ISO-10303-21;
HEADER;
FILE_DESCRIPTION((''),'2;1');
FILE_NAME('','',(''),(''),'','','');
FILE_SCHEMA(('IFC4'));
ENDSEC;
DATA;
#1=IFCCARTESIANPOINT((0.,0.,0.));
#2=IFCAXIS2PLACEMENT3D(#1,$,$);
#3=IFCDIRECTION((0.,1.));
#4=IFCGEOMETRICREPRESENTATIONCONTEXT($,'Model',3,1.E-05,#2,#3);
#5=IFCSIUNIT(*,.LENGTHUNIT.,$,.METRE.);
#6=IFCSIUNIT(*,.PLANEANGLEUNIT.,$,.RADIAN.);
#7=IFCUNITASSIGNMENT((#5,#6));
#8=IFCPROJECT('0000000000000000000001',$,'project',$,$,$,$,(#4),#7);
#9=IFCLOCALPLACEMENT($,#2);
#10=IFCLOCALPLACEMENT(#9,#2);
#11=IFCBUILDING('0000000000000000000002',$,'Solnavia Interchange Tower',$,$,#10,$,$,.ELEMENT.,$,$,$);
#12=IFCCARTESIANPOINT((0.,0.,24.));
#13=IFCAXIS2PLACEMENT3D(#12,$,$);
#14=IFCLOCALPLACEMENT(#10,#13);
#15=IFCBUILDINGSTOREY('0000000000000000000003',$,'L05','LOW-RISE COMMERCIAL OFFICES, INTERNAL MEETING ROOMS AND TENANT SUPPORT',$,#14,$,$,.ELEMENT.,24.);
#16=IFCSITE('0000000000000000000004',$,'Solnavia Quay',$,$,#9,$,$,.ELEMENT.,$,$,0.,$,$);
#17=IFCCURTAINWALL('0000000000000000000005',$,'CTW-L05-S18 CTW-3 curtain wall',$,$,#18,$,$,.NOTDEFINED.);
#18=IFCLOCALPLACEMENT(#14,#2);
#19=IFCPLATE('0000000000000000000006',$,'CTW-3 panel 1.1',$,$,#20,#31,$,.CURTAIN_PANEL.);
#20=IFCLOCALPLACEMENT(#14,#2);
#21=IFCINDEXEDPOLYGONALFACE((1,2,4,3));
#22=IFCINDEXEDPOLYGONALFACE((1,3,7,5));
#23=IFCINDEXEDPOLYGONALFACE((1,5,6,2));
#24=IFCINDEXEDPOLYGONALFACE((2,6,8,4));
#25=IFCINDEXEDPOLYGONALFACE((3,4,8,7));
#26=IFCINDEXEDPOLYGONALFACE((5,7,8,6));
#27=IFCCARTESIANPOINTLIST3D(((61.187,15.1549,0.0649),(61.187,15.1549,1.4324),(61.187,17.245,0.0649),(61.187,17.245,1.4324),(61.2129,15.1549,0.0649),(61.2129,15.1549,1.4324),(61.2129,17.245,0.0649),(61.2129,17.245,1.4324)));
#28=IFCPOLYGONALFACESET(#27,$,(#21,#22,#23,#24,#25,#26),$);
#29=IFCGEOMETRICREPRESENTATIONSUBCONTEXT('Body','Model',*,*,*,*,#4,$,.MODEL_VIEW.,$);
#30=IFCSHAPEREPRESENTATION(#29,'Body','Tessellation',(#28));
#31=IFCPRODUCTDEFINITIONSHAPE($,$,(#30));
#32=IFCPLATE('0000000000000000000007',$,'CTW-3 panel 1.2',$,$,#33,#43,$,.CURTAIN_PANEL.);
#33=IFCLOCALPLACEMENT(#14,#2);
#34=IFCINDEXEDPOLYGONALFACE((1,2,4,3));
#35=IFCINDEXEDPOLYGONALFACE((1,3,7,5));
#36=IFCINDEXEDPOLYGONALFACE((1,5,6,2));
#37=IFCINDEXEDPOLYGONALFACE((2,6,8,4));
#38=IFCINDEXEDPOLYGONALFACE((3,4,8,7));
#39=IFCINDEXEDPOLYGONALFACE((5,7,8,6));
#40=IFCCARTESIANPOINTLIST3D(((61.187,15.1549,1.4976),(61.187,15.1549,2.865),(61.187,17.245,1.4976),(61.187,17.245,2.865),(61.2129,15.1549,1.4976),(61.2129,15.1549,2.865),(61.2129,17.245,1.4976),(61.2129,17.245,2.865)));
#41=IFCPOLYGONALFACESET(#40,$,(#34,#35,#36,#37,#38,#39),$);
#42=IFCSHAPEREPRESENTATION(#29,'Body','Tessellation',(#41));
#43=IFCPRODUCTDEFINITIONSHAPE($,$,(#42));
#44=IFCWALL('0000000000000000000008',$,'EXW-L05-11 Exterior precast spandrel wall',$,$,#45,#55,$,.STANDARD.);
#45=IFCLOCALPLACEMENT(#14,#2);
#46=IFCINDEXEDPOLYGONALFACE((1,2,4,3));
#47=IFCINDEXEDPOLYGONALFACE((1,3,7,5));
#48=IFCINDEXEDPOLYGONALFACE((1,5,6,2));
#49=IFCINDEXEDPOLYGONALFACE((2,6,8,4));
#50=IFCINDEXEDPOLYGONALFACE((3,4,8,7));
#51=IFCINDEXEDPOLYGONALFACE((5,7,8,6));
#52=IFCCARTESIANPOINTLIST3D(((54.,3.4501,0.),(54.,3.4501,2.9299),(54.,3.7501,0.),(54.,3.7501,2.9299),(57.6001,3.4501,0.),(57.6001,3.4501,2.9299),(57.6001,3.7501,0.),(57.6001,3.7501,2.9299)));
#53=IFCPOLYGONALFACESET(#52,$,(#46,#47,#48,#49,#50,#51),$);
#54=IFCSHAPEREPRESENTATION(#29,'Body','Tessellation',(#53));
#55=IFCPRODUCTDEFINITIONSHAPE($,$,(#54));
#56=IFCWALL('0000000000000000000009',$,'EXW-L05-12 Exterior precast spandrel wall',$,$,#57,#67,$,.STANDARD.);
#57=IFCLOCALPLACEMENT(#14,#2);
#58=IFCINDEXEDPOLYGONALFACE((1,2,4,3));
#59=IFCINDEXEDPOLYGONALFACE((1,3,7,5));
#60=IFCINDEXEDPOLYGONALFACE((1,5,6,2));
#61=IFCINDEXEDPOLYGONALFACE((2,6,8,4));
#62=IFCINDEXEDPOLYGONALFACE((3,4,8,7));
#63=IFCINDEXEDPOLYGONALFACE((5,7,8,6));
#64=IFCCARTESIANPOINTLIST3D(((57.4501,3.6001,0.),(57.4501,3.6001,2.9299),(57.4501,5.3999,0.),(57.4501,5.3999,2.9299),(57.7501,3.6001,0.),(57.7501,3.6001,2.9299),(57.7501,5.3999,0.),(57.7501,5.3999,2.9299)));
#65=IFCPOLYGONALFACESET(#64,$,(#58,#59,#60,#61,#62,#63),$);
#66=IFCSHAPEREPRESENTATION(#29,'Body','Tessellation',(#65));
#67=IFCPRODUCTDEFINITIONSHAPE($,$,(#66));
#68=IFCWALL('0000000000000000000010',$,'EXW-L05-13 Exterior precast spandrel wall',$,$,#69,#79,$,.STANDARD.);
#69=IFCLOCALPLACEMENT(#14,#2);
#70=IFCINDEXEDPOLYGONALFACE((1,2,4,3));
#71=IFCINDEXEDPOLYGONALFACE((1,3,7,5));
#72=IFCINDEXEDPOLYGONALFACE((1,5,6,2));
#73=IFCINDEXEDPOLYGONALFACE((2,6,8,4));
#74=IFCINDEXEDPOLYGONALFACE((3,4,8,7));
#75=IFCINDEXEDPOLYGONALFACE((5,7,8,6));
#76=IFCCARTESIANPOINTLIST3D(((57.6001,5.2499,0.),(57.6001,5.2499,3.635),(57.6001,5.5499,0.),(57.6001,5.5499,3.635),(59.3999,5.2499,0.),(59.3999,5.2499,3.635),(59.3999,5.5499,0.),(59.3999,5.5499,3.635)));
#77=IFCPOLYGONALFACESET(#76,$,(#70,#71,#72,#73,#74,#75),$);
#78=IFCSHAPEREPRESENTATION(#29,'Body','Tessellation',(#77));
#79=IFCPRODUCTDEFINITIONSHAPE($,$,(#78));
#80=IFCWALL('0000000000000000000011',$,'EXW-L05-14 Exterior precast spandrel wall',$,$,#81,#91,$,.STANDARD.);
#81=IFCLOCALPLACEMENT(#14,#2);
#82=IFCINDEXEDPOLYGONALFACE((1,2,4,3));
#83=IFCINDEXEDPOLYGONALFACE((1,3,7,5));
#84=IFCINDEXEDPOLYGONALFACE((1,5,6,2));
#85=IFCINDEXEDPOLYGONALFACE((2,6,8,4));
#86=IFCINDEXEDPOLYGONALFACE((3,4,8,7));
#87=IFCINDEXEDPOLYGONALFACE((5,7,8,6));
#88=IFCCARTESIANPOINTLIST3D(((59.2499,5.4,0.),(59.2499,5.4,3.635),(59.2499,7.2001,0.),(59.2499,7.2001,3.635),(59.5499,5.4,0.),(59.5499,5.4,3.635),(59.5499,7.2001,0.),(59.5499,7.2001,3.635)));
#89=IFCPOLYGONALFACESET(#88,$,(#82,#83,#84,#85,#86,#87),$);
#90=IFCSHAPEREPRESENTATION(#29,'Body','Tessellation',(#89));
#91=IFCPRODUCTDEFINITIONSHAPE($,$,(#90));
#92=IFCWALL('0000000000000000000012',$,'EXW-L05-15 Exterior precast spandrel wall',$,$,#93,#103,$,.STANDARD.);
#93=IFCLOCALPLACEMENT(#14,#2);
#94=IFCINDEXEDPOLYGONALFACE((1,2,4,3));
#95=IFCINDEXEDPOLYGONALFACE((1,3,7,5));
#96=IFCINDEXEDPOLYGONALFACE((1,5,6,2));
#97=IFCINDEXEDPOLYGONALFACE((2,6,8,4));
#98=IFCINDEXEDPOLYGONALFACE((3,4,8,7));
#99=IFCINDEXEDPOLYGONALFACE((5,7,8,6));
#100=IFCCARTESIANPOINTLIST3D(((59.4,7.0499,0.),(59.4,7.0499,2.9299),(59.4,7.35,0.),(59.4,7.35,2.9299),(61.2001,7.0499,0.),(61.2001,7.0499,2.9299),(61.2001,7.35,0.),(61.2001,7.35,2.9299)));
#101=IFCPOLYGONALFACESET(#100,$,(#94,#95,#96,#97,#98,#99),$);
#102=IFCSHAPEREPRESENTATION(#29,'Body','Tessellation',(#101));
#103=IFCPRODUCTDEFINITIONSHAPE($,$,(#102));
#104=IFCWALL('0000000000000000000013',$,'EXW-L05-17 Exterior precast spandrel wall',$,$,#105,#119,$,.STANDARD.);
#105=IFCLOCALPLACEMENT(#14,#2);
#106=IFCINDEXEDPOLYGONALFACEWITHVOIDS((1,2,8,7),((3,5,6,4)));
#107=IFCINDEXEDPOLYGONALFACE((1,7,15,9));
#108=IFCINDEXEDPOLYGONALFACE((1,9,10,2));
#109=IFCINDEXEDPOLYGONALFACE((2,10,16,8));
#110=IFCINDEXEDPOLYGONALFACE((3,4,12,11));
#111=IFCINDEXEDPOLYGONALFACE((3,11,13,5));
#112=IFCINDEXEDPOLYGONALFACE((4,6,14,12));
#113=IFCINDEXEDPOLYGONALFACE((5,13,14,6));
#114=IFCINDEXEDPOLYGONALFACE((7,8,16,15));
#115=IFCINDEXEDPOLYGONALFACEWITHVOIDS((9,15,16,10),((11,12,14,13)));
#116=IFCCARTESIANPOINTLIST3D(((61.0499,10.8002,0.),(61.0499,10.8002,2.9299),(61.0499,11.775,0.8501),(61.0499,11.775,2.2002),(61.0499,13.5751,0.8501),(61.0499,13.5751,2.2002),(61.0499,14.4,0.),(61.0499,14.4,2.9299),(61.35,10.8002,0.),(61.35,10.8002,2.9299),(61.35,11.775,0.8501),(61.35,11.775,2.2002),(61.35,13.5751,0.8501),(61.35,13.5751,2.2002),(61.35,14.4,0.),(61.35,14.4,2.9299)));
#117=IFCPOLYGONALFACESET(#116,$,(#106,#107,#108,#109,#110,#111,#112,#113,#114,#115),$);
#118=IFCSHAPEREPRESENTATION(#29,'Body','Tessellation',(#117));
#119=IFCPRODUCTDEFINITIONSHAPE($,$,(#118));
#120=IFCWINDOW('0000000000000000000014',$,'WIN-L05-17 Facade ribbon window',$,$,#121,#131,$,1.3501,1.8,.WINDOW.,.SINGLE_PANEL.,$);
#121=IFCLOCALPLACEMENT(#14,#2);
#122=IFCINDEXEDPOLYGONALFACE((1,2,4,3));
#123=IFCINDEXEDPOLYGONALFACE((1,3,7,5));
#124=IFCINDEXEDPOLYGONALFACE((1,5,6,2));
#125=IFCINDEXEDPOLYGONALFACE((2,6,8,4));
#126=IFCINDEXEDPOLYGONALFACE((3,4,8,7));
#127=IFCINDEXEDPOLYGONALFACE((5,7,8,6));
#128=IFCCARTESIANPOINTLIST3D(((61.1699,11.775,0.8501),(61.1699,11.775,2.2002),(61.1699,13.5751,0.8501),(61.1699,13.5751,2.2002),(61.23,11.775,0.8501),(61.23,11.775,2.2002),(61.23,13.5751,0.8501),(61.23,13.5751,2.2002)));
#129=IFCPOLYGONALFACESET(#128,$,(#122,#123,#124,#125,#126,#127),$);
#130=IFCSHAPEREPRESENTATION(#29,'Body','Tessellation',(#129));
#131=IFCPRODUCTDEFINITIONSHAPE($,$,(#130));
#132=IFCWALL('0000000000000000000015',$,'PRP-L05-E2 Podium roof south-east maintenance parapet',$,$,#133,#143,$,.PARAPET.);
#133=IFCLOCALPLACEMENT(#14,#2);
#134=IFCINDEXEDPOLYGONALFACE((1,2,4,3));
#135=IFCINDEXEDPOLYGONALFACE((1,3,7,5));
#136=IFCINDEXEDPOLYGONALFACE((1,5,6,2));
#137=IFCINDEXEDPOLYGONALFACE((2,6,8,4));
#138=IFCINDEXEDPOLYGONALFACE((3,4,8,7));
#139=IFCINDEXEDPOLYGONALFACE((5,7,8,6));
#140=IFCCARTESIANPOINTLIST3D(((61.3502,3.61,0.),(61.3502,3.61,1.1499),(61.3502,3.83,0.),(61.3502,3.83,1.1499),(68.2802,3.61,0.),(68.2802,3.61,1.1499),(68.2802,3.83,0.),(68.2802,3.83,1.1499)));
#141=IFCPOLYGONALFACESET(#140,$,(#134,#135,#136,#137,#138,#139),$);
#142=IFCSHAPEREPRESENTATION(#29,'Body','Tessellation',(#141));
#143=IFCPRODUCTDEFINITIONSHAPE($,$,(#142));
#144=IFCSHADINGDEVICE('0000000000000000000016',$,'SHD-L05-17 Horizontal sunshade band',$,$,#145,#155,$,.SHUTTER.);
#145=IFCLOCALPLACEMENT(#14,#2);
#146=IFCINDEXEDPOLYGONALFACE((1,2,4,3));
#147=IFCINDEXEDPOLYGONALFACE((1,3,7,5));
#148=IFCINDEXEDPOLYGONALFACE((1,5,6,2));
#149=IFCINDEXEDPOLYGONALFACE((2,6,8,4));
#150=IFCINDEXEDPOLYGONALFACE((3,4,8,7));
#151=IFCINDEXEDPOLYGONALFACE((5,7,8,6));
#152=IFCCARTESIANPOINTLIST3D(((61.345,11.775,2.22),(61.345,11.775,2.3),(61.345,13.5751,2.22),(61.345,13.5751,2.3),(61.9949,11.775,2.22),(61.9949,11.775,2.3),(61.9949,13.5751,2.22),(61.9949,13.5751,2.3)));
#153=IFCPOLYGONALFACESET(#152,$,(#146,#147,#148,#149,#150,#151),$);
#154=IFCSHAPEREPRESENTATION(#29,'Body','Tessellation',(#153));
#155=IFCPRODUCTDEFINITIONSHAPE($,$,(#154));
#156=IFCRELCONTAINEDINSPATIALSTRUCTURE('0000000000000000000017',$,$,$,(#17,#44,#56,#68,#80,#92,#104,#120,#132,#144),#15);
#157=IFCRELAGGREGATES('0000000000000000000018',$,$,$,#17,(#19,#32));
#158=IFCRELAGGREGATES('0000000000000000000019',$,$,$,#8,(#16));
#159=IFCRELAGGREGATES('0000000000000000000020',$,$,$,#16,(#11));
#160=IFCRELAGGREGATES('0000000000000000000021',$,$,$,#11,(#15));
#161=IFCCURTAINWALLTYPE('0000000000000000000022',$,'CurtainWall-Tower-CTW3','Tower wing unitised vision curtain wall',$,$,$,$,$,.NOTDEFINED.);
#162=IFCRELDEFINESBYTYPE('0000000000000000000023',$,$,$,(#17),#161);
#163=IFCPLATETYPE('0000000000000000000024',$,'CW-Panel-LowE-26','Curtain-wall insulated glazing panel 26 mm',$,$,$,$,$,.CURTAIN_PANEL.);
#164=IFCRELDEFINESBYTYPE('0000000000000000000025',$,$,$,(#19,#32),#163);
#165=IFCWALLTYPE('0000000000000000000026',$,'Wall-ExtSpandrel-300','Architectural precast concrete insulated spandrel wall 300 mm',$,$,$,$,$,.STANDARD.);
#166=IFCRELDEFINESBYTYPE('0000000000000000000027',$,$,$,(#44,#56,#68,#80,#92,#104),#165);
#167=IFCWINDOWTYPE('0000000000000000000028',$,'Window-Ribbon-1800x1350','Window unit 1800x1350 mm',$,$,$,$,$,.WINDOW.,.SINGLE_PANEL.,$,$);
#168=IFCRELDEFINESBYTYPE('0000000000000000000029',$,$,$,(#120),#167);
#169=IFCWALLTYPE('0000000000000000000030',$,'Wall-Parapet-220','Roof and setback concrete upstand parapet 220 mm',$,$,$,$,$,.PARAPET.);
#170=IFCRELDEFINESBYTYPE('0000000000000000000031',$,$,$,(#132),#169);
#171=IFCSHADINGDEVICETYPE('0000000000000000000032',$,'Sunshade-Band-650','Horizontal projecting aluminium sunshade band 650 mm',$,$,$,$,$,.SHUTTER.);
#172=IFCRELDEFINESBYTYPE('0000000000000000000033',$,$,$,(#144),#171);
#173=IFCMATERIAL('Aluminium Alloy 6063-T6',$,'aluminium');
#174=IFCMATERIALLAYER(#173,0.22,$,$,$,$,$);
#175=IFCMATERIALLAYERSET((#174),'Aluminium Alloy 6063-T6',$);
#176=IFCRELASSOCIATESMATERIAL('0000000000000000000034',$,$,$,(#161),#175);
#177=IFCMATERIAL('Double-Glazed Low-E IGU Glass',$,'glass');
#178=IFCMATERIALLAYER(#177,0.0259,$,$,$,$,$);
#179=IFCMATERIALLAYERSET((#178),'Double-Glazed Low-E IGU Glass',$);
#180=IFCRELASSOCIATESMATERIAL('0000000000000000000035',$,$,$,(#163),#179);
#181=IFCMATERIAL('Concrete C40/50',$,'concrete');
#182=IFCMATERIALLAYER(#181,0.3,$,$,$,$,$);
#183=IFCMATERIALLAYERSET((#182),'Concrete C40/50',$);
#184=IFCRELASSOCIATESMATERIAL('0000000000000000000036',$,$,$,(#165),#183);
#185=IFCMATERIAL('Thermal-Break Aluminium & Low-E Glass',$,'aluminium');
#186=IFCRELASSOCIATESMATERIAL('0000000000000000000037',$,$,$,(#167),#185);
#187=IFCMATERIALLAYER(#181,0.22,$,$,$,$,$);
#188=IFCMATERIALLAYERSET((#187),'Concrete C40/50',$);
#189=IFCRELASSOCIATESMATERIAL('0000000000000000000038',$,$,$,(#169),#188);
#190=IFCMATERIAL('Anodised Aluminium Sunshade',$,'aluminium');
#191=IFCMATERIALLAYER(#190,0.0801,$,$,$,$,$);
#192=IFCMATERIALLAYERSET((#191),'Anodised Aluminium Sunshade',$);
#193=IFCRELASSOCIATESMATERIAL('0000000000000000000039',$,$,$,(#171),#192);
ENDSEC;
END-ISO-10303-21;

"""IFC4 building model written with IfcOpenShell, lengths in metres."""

from ifc_helpers import new_model, si_unit, direction, frame, frame_2d, origin, origin_2d, place, context, subcontext, project, spatial, rectangle, extrude, material, layer, layer_set, type_object, element, fill, aggregate, save


model = new_model("IFC4")

# Units and contexts
model_context = context("Model", 3, precision=1e-05, world=origin(), true_north=direction((0.0, 1.0)))
body_context = subcontext(model_context, "Body", "Model", "MODEL_VIEW")
ifc_project = project(units=[si_unit("LENGTHUNIT", "METRE"), si_unit("PLANEANGLEUNIT", "RADIAN")], contexts=[model_context])

# Site, building, storey
site_placement = place(None, origin())
site = spatial("IfcSite", under=ifc_project, at=site_placement, Name="Solnavia Quay", CompositionType="ELEMENT", RefElevation=0.0)
building_placement = place(site_placement, origin())
building = spatial("IfcBuilding", under=site, at=building_placement, Name="Solnavia Interchange Tower", CompositionType="ELEMENT")
storey_placement = place(building_placement, frame((0.0, 0.0, 24.0)))
storey = spatial("IfcBuildingStorey", under=building, at=storey_placement, Name="L05", Description="LOW-RISE COMMERCIAL OFFICES, INTERNAL MEETING ROOMS AND TENANT SUPPORT", CompositionType="ELEMENT", Elevation=24.0)

# Curtain wall
ifc_material_1 = material(Name="Aluminium Alloy 6063-T6", Category="aluminium")
ifc_layer_1 = layer(ifc_material_1, 0.22)
ifc_layer_set_1 = layer_set([ifc_layer_1], Name="Aluminium Alloy 6063-T6")
curtain_wall_type = type_object("IfcCurtainWallType", Name="CurtainWall-Tower-CTW3", Description="Tower wing unitised vision curtain wall", PredefinedType="NOTDEFINED", material=ifc_layer_set_1)
curtain_wall_1_placement = place(storey_placement, origin())
curtain_wall_1 = element("IfcCurtainWall", 1, at=curtain_wall_1_placement, inside=storey, type_object=curtain_wall_type, Name="CTW-L05-S18 CTW-3 curtain wall", PredefinedType="NOTDEFINED")

# Plates
ifc_material_2 = material(Name="Double-Glazed Low-E IGU Glass", Category="glass")
ifc_layer_2 = layer(ifc_material_2, 0.0259)
ifc_layer_set_2 = layer_set([ifc_layer_2], Name="Double-Glazed Low-E IGU Glass")
plate_type = type_object("IfcPlateType", Name="CW-Panel-LowE-26", Description="Curtain-wall insulated glazing panel 26 mm", PredefinedType="CURTAIN_PANEL", material=ifc_layer_set_2)
plate_1_placement = place(storey_placement, frame((61.2, 16.2, 0.0649), z_axis=(0.0, 0.0, 1.0), x_axis=(0.0, 1.0, 0.0)))
plate_1 = element("IfcPlate", 2, at=plate_1_placement, type_object=plate_type, Name="CTW-3 panel 1.1", PredefinedType="CURTAIN_PANEL", context=body_context, shape_type="SweptSolid", body=[
    extrude(rectangle(XDim=2.0901, YDim=0.0259, at=origin_2d()), origin(), (0.0, 0.0, 1.0), 1.3674),
])
plate_2_placement = place(storey_placement, frame((61.2, 16.2, 1.4976), z_axis=(0.0, 0.0, 1.0), x_axis=(0.0, 1.0, 0.0)))
plate_2 = element("IfcPlate", 3, at=plate_2_placement, type_object=plate_type, Name="CTW-3 panel 1.2", PredefinedType="CURTAIN_PANEL", context=body_context, shape_type="SweptSolid", body=[
    extrude(rectangle(XDim=2.0901, YDim=0.0259, at=origin_2d()), origin(), (0.0, 0.0, 1.0), 1.3674),
])
aggregate(curtain_wall_1, [plate_1, plate_2])

# Walls
ifc_material_3 = material(Name="Concrete C40/50", Category="concrete")
ifc_layer_3 = layer(ifc_material_3, 0.3)
ifc_layer_set_3 = layer_set([ifc_layer_3], Name="Concrete C40/50")
wall_type_1 = type_object("IfcWallType", Name="Wall-ExtSpandrel-300", Description="Architectural precast concrete insulated spandrel wall 300 mm", PredefinedType="STANDARD", material=ifc_layer_set_3)
wall_1_placement = place(storey_placement, frame((57.6001, 3.6001, 0.0), z_axis=(0.0, 0.0, 1.0), x_axis=(-1.0, 0.0, 0.0)))
element("IfcWall", 4, at=wall_1_placement, inside=storey, type_object=wall_type_1, Name="EXW-L05-11 Exterior precast spandrel wall", PredefinedType="STANDARD", context=body_context, shape_type="SweptSolid", body=[
    extrude(rectangle(XDim=3.6001, YDim=0.3, at=frame_2d((1.8, 0.0))), origin(), (0.0, 0.0, 1.0), 2.9299),
])
wall_2_placement = place(storey_placement, frame((57.6001, 5.3999, 0.0), z_axis=(0.0, 0.0, 1.0), x_axis=(0.0, -1.0, 0.0)))
element("IfcWall", 5, at=wall_2_placement, inside=storey, type_object=wall_type_1, Name="EXW-L05-12 Exterior precast spandrel wall", PredefinedType="STANDARD", context=body_context, shape_type="SweptSolid", body=[
    extrude(rectangle(XDim=1.7998, YDim=0.3, at=frame_2d((0.8999, 0.0))), origin(), (0.0, 0.0, 1.0), 2.9299),
])
wall_3_placement = place(storey_placement, frame((59.3999, 5.3999, 0.0), z_axis=(0.0, 0.0, 1.0), x_axis=(-1.0, 0.0, 0.0)))
element("IfcWall", 6, at=wall_3_placement, inside=storey, type_object=wall_type_1, Name="EXW-L05-13 Exterior precast spandrel wall", PredefinedType="STANDARD", context=body_context, shape_type="SweptSolid", body=[
    extrude(rectangle(XDim=1.7998, YDim=0.3, at=frame_2d((0.8999, 0.0))), origin(), (0.0, 0.0, 1.0), 3.635),
])
wall_4_placement = place(storey_placement, frame((59.3999, 7.2, 0.0), z_axis=(0.0, 0.0, 1.0), x_axis=(0.0, -1.0, 0.0)))
element("IfcWall", 7, at=wall_4_placement, inside=storey, type_object=wall_type_1, Name="EXW-L05-14 Exterior precast spandrel wall", PredefinedType="STANDARD", context=body_context, shape_type="SweptSolid", body=[
    extrude(rectangle(XDim=1.8, YDim=0.3, at=frame_2d((0.8999, 0.0))), origin(), (0.0, 0.0, 1.0), 3.635),
])
wall_5_placement = place(storey_placement, frame((61.2, 7.2, 0.0), z_axis=(0.0, 0.0, 1.0), x_axis=(-1.0, 0.0, 0.0)))
element("IfcWall", 8, at=wall_5_placement, inside=storey, type_object=wall_type_1, Name="EXW-L05-15 Exterior precast spandrel wall", PredefinedType="STANDARD", context=body_context, shape_type="SweptSolid", body=[
    extrude(rectangle(XDim=1.8, YDim=0.3, at=frame_2d((0.8999, 0.0))), origin(), (0.0, 0.0, 1.0), 2.9299),
])

# Wall, opening, window
wall_6_placement = place(storey_placement, frame((61.2, 14.3999, 0.0), z_axis=(0.0, 0.0, 1.0), x_axis=(0.0, -1.0, 0.0)))
wall_6 = element("IfcWall", 9, at=wall_6_placement, inside=storey, type_object=wall_type_1, Name="EXW-L05-17 Exterior precast spandrel wall", PredefinedType="STANDARD", context=body_context, shape_type="SweptSolid", body=[
    extrude(rectangle(XDim=3.5999, YDim=0.3, at=frame_2d((1.7998, 0.0))), origin(), (0.0, 0.0, 1.0), 2.9299),
])
opening_placement = place(wall_6_placement, frame((0.825, 0.0, 0.8501)))
opening = element("IfcOpeningElement", 10, at=opening_placement, cuts=wall_6, PredefinedType="OPENING", context=body_context, shape_type="SweptSolid", body=[
    extrude(rectangle(XDim=1.8, YDim=1.3501, at=frame_2d((0.8999, 0.675))), frame((0.0, 0.1602, 0.0), z_axis=(0.0, -1.0, 0.0), x_axis=(1.0, 0.0, 0.0)), (0.0, 0.0, 1.0), 0.3201),
])
ifc_material_4 = material(Name="Thermal-Break Aluminium & Low-E Glass", Category="aluminium")
window_type = type_object("IfcWindowType", Name="Window-Ribbon-1800x1350", Description="Window unit 1800x1350 mm", PartitioningType="SINGLE_PANEL", PredefinedType="WINDOW", material=ifc_material_4)
window_placement = place(opening_placement, origin())
window = element("IfcWindow", 11, at=window_placement, inside=storey, type_object=window_type, Name="WIN-L05-17 Facade ribbon window", OverallHeight=1.3501, OverallWidth=1.8, PartitioningType="SINGLE_PANEL", PredefinedType="WINDOW", context=body_context, shape_type="SweptSolid", body=[
    extrude(rectangle(XDim=1.8, YDim=1.3501, at=frame_2d((0.8999, 0.675))), frame((0.0, 0.03, 0.0), z_axis=(0.0, -1.0, 0.0), x_axis=(1.0, 0.0, 0.0)), (0.0, 0.0, 1.0), 0.0601),
])
fill(opening, window)

# Wall
ifc_layer_4 = layer(ifc_material_3, 0.22)
ifc_layer_set_4 = layer_set([ifc_layer_4], Name="Concrete C40/50")
wall_type_2 = type_object("IfcWallType", Name="Wall-Parapet-220", Description="Roof and setback concrete upstand parapet 220 mm", PredefinedType="PARAPET", material=ifc_layer_set_4)
wall_7_placement = place(storey_placement, frame((68.28, 3.72, 0.0), z_axis=(0.0, 0.0, 1.0), x_axis=(-1.0, 0.0, 0.0)))
element("IfcWall", 12, at=wall_7_placement, inside=storey, type_object=wall_type_2, Name="PRP-L05-E2 Podium roof south-east maintenance parapet", PredefinedType="PARAPET", context=body_context, shape_type="SweptSolid", body=[
    extrude(rectangle(XDim=6.9299, YDim=0.22, at=frame_2d((3.4648, 0.0))), origin(), (0.0, 0.0, 1.0), 1.1499),
])

# Shading device
ifc_material_5 = material(Name="Anodised Aluminium Sunshade", Category="aluminium")
ifc_layer_5 = layer(ifc_material_5, 0.0801)
ifc_layer_set_5 = layer_set([ifc_layer_5], Name="Anodised Aluminium Sunshade")
shading_device_type = type_object("IfcShadingDeviceType", Name="Sunshade-Band-650", Description="Horizontal projecting aluminium sunshade band 650 mm", PredefinedType="SHUTTER", material=ifc_layer_set_5)
shading_device_placement = place(storey_placement, frame((61.6699, 12.675, 2.22), z_axis=(0.0, 0.0, 1.0), x_axis=(0.0, -1.0, 0.0)))
element("IfcShadingDevice", 13, at=shading_device_placement, inside=storey, type_object=shading_device_type, Name="SHD-L05-17 Horizontal sunshade band", PredefinedType="SHUTTER", context=body_context, shape_type="SweptSolid", body=[
    extrude(rectangle(XDim=1.8, YDim=0.6499, at=origin_2d()), origin(), (0.0, 0.0, 1.0), 0.0801),
])

save(model, "model.ifc")
